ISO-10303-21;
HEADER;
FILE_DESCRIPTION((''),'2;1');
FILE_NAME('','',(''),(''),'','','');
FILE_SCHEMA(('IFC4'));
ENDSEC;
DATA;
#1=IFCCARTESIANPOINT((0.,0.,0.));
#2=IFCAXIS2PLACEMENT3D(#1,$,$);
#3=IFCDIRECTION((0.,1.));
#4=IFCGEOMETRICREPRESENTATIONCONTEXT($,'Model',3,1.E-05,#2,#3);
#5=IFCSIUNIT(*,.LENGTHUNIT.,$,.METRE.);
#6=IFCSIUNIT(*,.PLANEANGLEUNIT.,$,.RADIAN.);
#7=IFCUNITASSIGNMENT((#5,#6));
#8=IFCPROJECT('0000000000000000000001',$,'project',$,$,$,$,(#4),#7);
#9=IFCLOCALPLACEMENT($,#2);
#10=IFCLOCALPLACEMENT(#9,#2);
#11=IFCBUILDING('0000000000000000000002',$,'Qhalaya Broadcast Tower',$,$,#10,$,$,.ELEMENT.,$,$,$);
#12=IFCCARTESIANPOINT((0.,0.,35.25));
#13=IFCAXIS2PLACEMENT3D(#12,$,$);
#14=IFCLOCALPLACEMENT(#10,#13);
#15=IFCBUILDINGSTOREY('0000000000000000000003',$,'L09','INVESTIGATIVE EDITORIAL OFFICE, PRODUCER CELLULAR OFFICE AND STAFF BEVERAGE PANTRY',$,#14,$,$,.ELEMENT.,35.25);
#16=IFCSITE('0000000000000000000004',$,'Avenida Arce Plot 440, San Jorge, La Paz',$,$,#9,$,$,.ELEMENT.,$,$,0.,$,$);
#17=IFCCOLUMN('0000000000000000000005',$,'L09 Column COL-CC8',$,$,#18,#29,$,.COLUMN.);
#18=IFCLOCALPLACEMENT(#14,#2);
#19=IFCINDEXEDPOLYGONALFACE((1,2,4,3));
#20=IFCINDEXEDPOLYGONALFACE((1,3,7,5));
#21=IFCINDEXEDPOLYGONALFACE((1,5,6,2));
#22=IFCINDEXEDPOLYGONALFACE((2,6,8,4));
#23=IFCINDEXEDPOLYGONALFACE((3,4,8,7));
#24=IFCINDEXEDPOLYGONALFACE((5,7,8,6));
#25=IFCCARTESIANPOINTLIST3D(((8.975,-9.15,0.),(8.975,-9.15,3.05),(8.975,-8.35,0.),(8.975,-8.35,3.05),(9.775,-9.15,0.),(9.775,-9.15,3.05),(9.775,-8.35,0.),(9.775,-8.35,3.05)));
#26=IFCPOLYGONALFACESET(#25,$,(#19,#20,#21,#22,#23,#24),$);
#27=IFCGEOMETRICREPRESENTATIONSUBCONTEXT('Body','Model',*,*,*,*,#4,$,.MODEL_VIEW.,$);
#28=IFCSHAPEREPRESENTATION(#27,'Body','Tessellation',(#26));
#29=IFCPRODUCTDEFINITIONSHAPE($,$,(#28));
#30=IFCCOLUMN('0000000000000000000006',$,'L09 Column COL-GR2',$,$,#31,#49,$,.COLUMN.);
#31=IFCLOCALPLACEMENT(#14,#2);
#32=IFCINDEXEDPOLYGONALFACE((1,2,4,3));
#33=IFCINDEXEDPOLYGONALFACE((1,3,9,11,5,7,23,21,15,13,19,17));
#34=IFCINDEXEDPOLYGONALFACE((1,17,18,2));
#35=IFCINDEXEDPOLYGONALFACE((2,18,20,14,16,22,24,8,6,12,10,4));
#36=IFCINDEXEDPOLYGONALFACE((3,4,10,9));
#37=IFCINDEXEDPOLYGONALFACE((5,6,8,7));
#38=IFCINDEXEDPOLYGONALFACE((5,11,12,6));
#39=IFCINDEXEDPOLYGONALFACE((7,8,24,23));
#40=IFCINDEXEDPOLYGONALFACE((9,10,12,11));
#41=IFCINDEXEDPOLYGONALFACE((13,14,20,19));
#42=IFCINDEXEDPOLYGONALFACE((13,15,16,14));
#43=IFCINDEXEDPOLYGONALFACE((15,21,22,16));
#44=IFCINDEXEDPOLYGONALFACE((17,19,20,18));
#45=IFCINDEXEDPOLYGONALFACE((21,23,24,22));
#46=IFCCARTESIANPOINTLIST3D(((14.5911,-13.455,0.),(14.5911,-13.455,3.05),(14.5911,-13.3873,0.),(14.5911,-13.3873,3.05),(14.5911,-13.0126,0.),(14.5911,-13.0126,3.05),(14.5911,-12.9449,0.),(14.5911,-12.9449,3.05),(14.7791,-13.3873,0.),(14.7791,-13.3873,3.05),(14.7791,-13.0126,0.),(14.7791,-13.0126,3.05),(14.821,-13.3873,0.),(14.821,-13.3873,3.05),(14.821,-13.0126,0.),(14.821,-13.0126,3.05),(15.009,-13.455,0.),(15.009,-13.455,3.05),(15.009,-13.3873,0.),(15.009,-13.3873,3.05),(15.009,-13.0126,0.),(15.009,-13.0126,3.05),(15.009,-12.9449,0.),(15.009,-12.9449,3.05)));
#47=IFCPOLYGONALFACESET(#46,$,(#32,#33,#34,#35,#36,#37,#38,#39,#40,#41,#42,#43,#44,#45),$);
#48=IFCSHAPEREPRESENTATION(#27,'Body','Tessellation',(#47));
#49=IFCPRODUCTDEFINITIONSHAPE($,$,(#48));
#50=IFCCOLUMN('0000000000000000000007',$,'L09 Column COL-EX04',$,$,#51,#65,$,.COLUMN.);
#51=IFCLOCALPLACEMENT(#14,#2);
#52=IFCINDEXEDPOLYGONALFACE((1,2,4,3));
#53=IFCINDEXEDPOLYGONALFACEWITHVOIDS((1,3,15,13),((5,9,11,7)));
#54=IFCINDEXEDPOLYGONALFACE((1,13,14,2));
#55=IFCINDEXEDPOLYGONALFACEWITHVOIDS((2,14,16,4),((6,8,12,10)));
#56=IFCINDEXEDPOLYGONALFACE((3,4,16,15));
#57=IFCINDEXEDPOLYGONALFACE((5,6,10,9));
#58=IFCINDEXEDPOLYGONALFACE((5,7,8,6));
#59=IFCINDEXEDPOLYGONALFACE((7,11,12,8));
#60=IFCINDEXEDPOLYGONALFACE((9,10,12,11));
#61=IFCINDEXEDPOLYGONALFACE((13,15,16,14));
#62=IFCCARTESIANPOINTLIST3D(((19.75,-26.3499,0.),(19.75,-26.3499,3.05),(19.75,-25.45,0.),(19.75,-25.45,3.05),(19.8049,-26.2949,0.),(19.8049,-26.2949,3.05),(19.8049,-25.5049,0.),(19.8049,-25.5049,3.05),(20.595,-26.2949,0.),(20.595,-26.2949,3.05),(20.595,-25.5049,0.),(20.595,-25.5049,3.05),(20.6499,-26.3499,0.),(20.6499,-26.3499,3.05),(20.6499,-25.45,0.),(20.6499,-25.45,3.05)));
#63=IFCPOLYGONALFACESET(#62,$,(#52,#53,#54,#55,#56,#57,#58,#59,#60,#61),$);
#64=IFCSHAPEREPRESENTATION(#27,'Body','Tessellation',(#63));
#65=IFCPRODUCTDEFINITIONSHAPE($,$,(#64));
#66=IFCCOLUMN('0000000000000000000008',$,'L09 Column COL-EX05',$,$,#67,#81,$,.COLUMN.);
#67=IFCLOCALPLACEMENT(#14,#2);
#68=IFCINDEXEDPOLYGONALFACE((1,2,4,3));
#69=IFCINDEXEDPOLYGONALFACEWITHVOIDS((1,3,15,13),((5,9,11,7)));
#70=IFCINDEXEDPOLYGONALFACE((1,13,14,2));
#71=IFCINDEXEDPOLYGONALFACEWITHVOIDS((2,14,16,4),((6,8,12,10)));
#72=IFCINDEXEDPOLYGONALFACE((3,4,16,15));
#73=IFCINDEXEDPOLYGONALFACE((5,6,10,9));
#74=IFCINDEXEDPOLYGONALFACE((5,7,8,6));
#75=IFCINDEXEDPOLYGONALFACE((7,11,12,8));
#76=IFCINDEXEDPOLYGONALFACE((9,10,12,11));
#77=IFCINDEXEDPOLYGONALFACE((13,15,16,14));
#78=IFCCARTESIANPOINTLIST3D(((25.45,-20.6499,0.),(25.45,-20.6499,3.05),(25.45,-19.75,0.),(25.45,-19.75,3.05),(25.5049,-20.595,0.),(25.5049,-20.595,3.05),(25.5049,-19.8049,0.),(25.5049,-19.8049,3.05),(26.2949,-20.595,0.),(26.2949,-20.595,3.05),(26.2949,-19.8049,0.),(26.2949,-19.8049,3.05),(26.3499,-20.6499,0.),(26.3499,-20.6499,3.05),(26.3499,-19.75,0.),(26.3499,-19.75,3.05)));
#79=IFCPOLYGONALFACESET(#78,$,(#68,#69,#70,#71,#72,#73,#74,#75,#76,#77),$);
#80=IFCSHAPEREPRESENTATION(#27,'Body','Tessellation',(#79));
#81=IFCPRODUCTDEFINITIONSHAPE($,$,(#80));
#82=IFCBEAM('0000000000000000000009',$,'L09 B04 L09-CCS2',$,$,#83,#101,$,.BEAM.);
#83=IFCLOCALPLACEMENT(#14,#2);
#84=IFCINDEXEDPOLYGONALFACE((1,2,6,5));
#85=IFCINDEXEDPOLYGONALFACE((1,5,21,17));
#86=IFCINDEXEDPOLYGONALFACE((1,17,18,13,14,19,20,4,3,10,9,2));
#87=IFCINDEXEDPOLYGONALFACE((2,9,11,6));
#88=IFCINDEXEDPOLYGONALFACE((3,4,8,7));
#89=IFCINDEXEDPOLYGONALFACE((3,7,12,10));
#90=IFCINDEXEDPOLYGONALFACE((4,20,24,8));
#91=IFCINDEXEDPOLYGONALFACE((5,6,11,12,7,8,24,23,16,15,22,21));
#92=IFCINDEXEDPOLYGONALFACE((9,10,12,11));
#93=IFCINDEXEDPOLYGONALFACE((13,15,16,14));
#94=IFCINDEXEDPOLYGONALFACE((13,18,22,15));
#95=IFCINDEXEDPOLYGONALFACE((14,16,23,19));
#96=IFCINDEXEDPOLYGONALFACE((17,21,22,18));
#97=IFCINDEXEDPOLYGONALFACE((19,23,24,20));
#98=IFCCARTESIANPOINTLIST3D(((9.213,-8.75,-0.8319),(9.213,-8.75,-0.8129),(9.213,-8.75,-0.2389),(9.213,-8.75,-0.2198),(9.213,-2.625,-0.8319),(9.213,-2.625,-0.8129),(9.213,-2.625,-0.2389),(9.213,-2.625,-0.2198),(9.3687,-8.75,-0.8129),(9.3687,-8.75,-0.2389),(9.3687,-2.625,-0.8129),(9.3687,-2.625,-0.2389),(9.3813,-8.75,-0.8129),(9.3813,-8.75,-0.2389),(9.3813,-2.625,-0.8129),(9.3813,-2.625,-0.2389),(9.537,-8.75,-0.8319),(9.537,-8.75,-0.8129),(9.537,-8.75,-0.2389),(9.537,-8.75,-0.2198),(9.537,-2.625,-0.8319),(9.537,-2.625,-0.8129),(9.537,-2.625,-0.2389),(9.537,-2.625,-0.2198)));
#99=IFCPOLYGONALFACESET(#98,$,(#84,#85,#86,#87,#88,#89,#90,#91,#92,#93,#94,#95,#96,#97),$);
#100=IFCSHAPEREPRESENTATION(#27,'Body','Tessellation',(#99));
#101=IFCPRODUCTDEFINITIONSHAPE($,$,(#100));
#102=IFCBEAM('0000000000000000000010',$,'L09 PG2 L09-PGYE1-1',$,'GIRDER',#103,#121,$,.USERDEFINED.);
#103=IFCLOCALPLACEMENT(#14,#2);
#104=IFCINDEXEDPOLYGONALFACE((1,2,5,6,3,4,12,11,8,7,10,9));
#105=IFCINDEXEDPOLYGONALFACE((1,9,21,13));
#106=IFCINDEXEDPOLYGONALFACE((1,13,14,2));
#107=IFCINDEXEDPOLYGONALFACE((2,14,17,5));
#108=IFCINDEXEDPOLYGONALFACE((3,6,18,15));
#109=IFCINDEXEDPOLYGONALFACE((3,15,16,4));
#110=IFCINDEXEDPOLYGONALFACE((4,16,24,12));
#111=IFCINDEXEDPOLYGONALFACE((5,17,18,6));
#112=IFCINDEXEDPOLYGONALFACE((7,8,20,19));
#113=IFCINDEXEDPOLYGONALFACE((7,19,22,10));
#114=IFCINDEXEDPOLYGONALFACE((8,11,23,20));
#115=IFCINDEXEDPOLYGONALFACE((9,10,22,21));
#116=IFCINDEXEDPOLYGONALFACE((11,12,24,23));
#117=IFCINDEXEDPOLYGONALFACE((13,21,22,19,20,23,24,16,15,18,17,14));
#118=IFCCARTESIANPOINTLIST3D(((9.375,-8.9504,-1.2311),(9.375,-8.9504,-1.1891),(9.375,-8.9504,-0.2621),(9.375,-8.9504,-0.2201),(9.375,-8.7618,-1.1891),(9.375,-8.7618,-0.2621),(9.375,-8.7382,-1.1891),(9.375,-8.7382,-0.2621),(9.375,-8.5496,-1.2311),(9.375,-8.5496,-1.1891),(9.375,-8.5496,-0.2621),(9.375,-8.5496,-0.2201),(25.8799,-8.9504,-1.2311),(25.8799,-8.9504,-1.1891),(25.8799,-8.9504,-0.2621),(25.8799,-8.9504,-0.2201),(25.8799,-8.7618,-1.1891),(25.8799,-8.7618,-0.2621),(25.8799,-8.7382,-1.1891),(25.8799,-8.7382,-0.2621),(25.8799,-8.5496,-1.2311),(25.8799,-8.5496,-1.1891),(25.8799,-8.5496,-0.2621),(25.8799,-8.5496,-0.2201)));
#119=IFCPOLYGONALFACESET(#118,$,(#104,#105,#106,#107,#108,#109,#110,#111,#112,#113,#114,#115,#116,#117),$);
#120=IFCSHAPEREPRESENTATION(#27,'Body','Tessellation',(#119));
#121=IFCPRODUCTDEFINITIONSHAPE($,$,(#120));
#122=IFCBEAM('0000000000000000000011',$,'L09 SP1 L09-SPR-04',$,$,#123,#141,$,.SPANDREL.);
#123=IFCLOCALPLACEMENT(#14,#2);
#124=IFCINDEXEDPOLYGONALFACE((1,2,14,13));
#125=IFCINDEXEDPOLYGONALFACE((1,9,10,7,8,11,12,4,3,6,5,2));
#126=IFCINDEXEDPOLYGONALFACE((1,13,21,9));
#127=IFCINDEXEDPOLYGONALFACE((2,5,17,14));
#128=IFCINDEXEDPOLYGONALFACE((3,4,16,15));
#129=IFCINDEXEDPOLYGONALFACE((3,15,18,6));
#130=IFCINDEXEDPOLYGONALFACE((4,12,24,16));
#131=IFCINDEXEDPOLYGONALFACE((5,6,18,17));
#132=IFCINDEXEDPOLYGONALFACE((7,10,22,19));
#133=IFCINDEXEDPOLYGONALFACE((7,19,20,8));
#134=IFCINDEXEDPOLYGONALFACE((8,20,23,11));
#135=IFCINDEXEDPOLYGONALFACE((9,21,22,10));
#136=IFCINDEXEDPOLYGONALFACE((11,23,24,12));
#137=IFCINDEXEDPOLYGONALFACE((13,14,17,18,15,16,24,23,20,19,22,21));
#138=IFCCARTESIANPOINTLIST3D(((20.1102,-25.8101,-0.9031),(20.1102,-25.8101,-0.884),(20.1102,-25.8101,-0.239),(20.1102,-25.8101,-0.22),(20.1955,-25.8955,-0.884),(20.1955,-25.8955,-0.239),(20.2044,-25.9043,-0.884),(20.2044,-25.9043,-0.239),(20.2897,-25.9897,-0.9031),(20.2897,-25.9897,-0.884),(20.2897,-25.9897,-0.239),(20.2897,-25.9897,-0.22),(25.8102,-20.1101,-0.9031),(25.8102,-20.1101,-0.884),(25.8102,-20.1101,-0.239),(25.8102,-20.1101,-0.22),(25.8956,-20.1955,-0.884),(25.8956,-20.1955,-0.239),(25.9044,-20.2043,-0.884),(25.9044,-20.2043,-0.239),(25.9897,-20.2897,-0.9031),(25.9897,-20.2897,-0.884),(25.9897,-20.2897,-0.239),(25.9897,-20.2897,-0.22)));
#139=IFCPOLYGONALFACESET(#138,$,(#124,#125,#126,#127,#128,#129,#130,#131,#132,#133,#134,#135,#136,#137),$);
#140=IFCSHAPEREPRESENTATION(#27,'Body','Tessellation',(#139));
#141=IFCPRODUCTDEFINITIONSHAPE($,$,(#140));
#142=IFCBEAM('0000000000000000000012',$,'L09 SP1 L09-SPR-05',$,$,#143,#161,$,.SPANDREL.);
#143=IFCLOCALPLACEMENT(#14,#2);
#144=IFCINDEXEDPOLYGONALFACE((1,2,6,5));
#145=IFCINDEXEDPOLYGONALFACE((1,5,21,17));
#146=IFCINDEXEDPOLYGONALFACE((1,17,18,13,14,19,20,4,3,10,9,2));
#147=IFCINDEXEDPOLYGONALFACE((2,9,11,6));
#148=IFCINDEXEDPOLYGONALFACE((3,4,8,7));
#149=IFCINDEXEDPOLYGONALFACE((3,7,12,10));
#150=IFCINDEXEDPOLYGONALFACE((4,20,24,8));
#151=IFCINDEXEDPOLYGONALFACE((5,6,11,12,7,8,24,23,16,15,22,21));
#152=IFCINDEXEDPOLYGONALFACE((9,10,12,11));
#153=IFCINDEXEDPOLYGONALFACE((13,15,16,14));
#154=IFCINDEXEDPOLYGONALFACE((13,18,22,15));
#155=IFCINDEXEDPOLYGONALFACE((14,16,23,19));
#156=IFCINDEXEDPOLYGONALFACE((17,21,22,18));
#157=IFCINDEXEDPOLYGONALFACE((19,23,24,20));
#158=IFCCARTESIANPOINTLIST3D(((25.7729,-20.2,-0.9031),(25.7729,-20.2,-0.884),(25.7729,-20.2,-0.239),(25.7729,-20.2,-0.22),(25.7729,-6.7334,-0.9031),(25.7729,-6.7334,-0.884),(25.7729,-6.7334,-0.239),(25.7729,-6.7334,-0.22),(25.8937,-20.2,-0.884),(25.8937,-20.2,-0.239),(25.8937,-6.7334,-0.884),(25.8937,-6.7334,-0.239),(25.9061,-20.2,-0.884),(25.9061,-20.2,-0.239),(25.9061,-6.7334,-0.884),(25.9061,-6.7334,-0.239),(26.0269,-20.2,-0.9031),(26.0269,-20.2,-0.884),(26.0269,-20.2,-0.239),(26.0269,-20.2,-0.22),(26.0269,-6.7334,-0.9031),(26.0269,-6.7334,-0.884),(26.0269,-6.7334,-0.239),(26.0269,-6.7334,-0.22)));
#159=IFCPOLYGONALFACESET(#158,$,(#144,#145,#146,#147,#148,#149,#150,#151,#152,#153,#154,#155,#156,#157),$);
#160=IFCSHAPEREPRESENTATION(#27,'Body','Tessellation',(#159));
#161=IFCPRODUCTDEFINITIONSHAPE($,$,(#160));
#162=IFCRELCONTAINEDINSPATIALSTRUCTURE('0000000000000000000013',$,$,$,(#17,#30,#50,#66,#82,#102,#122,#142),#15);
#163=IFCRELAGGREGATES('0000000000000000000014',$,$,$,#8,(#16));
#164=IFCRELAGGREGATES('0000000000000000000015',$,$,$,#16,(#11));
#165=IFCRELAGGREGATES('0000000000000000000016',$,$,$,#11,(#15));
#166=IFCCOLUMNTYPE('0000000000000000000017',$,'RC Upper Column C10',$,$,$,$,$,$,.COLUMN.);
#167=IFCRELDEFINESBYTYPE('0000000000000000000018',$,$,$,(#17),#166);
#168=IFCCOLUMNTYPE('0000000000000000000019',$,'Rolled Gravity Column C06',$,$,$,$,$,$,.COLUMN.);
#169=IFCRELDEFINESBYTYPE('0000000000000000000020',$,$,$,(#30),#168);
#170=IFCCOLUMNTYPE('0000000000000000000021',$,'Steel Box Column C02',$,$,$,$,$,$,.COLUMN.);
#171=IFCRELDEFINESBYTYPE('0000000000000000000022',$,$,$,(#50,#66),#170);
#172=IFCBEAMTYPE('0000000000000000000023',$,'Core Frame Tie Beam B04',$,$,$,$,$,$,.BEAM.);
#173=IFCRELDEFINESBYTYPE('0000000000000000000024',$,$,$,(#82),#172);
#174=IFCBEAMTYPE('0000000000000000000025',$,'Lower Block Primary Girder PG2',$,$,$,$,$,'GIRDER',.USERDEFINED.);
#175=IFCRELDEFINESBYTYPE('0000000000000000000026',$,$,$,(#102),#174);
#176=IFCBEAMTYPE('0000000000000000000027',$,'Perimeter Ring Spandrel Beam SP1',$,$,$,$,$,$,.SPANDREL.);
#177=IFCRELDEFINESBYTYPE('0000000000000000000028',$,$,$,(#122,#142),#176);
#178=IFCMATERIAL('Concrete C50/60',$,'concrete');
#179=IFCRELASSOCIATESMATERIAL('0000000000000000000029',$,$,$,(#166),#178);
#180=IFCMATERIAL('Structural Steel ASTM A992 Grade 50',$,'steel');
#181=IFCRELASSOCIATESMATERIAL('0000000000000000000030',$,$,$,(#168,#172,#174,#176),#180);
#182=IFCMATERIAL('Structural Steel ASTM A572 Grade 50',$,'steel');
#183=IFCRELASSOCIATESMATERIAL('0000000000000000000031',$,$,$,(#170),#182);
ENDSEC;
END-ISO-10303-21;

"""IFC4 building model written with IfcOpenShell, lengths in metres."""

from ifc_helpers import new_model, si_unit, direction, frame, origin, origin_2d, place, context, subcontext, project, spatial, rectangle, hollow_rectangle, i_section, extrude, material, material_profile, profile_set, type_object, element, save


model = new_model("IFC4")

# Units and contexts
model_context = context("Model", 3, precision=1e-05, world=origin(), true_north=direction((0.0, 1.0)))
body_context = subcontext(model_context, "Body", "Model", "MODEL_VIEW")
ifc_project = project(units=[si_unit("LENGTHUNIT", "METRE"), si_unit("PLANEANGLEUNIT", "RADIAN")], contexts=[model_context])

# Site, building, storey
site_placement = place(None, origin())
site = spatial("IfcSite", under=ifc_project, at=site_placement, Name="Avenida Arce Plot 440, San Jorge, La Paz", CompositionType="ELEMENT", RefElevation=0.0)
building_placement = place(site_placement, origin())
building = spatial("IfcBuilding", under=site, at=building_placement, Name="Qhalaya Broadcast Tower", CompositionType="ELEMENT")
storey_placement = place(building_placement, frame((0.0, 0.0, 35.25)))
storey = spatial("IfcBuildingStorey", under=building, at=storey_placement, Name="L09", Description="INVESTIGATIVE EDITORIAL OFFICE, PRODUCER CELLULAR OFFICE AND STAFF BEVERAGE PANTRY", CompositionType="ELEMENT", Elevation=35.25)

# Columns
ifc_material_1 = material(Name="Concrete C50/60", Category="concrete")
ifc_material_profile_1 = material_profile(ifc_material_1, rectangle(XDim=0.8, YDim=0.8, at=origin_2d()), Name="RC-COL 800x800")
ifc_profile_set_1 = profile_set([ifc_material_profile_1], Name="Concrete C50/60")
column_type_1 = type_object("IfcColumnType", Name="RC Upper Column C10", PredefinedType="COLUMN", material=ifc_profile_set_1)
column_1_placement = place(storey_placement, frame((9.375, -8.75, 0.0), z_axis=(0.0, 0.0, 1.0), x_axis=(1.0, 0.0, 0.0)))
element("IfcColumn", 1, at=column_1_placement, inside=storey, type_object=column_type_1, Name="L09 Column COL-CC8", PredefinedType="COLUMN", context=body_context, shape_type="SweptSolid", body=[
    extrude(rectangle(XDim=0.8, YDim=0.8, at=origin_2d()), origin(), (0.0, 0.0, 1.0), 3.05),
])
ifc_material_2 = material(Name="Structural Steel ASTM A992 Grade 50", Category="steel")
ifc_material_profile_2 = material_profile(ifc_material_2, i_section(OverallWidth=0.418, OverallDepth=0.51, WebThickness=0.042, FlangeThickness=0.0676, at=origin_2d()), Name="W14X370")
ifc_profile_set_2 = profile_set([ifc_material_profile_2], Name="Structural Steel ASTM A992 Grade 50")
column_type_2 = type_object("IfcColumnType", Name="Rolled Gravity Column C06", PredefinedType="COLUMN", material=ifc_profile_set_2)
column_2_placement = place(storey_placement, frame((14.8, -13.2, 0.0), z_axis=(0.0, 0.0, 1.0), x_axis=(1.0, 0.0, 0.0)))
element("IfcColumn", 2, at=column_2_placement, inside=storey, type_object=column_type_2, Name="L09 Column COL-GR2", PredefinedType="COLUMN", context=body_context, shape_type="SweptSolid", body=[
    extrude(i_section(OverallWidth=0.418, OverallDepth=0.51, WebThickness=0.042, FlangeThickness=0.0676, at=origin_2d()), origin(), (0.0, 0.0, 1.0), 3.05),
])
ifc_material_3 = material(Name="Structural Steel ASTM A572 Grade 50", Category="steel")
ifc_material_profile_3 = material_profile(ifc_material_3, hollow_rectangle(XDim=0.8999, YDim=0.8999, WallThickness=0.0549, at=origin_2d()), Name="BOX 900x900x55")
ifc_profile_set_3 = profile_set([ifc_material_profile_3], Name="Structural Steel ASTM A572 Grade 50")
column_type_3 = type_object("IfcColumnType", Name="Steel Box Column C02", PredefinedType="COLUMN", material=ifc_profile_set_3)
for number, where, z_axis, x_axis, name in (
    (3, (20.2, -25.8999, 0.0), (0.0, 0.0, 1.0), (1.0, 0.0, 0.0), "L09 Column COL-EX04"),
    (4, (25.8999, -20.2, 0.0), (0.0, 0.0, 1.0), (0.0, 1.0, 0.0), "L09 Column COL-EX05"),
):
    element("IfcColumn", number, at=place(storey_placement, frame(where, z_axis=z_axis, x_axis=x_axis)), inside=storey, type_object=column_type_3, Name=name, PredefinedType="COLUMN", context=body_context, shape_type="SweptSolid", body=[
        extrude(hollow_rectangle(XDim=0.8999, YDim=0.8999, WallThickness=0.0549, at=origin_2d()), origin(), (0.0, 0.0, 1.0), 3.05),
    ])

# Beams
ifc_material_profile_4 = material_profile(ifc_material_2, i_section(OverallWidth=0.324, OverallDepth=0.6121, WebThickness=0.0127, FlangeThickness=0.019, at=origin_2d()), Name="W24X104")
ifc_profile_set_4 = profile_set([ifc_material_profile_4], Name="Structural Steel ASTM A992 Grade 50")
beam_type_1 = type_object("IfcBeamType", Name="Core Frame Tie Beam B04", PredefinedType="BEAM", material=ifc_profile_set_4)
beam_1_placement = place(storey_placement, frame((9.375, -8.75, -0.5259), z_axis=(0.0, 1.0, 0.0), x_axis=(-1.0, 0.0, 0.0)))
element("IfcBeam", 5, at=beam_1_placement, inside=storey, type_object=beam_type_1, Name="L09 B04 L09-CCS2", PredefinedType="BEAM", context=body_context, shape_type="SweptSolid", body=[
    extrude(i_section(OverallWidth=0.324, OverallDepth=0.6121, WebThickness=0.0127, FlangeThickness=0.019, at=origin_2d()), origin(), (0.0, 0.0, 1.0), 6.125),
])
ifc_material_profile_5 = material_profile(ifc_material_2, i_section(OverallWidth=0.4009, OverallDepth=1.011, WebThickness=0.0237, FlangeThickness=0.042, at=origin_2d()), Name="W40X297")
ifc_profile_set_5 = profile_set([ifc_material_profile_5], Name="Structural Steel ASTM A992 Grade 50")
beam_type_2 = type_object("IfcBeamType", Name="Lower Block Primary Girder PG2", ElementType="GIRDER", PredefinedType="USERDEFINED", material=ifc_profile_set_5)
beam_2_placement = place(storey_placement, frame((9.375, -8.75, -0.7256), z_axis=(1.0, 0.0, 0.0), x_axis=(0.0, 1.0, 0.0)))
element("IfcBeam", 6, at=beam_2_placement, inside=storey, type_object=beam_type_2, Name="L09 PG2 L09-PGYE1-1", ObjectType="GIRDER", PredefinedType="USERDEFINED", context=body_context, shape_type="SweptSolid", body=[
    extrude(i_section(OverallWidth=0.4009, OverallDepth=1.011, WebThickness=0.0237, FlangeThickness=0.042, at=origin_2d()), origin(), (0.0, 0.0, 1.0), 16.5049),
])
ifc_material_profile_6 = material_profile(ifc_material_2, i_section(OverallWidth=0.2539, OverallDepth=0.6831, WebThickness=0.0125, FlangeThickness=0.019, at=origin_2d()), Name="W27X94")
ifc_profile_set_6 = profile_set([ifc_material_profile_6], Name="Structural Steel ASTM A992 Grade 50")
beam_type_3 = type_object("IfcBeamType", Name="Perimeter Ring Spandrel Beam SP1", PredefinedType="SPANDREL", material=ifc_profile_set_6)
beam_3_placement = place(storey_placement, frame((20.2, -25.8999, -0.5615), z_axis=(0.707107, 0.707107, 0.0), x_axis=(-0.707107, 0.707107, 0.0)))
element("IfcBeam", 7, at=beam_3_placement, inside=storey, type_object=beam_type_3, Name="L09 SP1 L09-SPR-04", PredefinedType="SPANDREL", context=body_context, shape_type="SweptSolid", body=[
    extrude(i_section(OverallWidth=0.2539, OverallDepth=0.6831, WebThickness=0.0125, FlangeThickness=0.019, at=origin_2d()), origin(), (0.0, 0.0, 1.0), 8.061),
])
beam_4_placement = place(storey_placement, frame((25.8999, -20.2, -0.5615), z_axis=(0.0, 1.0, 0.0), x_axis=(-1.0, 0.0, 0.0)))
element("IfcBeam", 8, at=beam_4_placement, inside=storey, type_object=beam_type_3, Name="L09 SP1 L09-SPR-05", PredefinedType="SPANDREL", context=body_context, shape_type="SweptSolid", body=[
    extrude(i_section(OverallWidth=0.2539, OverallDepth=0.6831, WebThickness=0.0125, FlangeThickness=0.019, at=origin_2d()), origin(), (0.0, 0.0, 1.0), 13.4666),
])

save(model, "model.ifc")
